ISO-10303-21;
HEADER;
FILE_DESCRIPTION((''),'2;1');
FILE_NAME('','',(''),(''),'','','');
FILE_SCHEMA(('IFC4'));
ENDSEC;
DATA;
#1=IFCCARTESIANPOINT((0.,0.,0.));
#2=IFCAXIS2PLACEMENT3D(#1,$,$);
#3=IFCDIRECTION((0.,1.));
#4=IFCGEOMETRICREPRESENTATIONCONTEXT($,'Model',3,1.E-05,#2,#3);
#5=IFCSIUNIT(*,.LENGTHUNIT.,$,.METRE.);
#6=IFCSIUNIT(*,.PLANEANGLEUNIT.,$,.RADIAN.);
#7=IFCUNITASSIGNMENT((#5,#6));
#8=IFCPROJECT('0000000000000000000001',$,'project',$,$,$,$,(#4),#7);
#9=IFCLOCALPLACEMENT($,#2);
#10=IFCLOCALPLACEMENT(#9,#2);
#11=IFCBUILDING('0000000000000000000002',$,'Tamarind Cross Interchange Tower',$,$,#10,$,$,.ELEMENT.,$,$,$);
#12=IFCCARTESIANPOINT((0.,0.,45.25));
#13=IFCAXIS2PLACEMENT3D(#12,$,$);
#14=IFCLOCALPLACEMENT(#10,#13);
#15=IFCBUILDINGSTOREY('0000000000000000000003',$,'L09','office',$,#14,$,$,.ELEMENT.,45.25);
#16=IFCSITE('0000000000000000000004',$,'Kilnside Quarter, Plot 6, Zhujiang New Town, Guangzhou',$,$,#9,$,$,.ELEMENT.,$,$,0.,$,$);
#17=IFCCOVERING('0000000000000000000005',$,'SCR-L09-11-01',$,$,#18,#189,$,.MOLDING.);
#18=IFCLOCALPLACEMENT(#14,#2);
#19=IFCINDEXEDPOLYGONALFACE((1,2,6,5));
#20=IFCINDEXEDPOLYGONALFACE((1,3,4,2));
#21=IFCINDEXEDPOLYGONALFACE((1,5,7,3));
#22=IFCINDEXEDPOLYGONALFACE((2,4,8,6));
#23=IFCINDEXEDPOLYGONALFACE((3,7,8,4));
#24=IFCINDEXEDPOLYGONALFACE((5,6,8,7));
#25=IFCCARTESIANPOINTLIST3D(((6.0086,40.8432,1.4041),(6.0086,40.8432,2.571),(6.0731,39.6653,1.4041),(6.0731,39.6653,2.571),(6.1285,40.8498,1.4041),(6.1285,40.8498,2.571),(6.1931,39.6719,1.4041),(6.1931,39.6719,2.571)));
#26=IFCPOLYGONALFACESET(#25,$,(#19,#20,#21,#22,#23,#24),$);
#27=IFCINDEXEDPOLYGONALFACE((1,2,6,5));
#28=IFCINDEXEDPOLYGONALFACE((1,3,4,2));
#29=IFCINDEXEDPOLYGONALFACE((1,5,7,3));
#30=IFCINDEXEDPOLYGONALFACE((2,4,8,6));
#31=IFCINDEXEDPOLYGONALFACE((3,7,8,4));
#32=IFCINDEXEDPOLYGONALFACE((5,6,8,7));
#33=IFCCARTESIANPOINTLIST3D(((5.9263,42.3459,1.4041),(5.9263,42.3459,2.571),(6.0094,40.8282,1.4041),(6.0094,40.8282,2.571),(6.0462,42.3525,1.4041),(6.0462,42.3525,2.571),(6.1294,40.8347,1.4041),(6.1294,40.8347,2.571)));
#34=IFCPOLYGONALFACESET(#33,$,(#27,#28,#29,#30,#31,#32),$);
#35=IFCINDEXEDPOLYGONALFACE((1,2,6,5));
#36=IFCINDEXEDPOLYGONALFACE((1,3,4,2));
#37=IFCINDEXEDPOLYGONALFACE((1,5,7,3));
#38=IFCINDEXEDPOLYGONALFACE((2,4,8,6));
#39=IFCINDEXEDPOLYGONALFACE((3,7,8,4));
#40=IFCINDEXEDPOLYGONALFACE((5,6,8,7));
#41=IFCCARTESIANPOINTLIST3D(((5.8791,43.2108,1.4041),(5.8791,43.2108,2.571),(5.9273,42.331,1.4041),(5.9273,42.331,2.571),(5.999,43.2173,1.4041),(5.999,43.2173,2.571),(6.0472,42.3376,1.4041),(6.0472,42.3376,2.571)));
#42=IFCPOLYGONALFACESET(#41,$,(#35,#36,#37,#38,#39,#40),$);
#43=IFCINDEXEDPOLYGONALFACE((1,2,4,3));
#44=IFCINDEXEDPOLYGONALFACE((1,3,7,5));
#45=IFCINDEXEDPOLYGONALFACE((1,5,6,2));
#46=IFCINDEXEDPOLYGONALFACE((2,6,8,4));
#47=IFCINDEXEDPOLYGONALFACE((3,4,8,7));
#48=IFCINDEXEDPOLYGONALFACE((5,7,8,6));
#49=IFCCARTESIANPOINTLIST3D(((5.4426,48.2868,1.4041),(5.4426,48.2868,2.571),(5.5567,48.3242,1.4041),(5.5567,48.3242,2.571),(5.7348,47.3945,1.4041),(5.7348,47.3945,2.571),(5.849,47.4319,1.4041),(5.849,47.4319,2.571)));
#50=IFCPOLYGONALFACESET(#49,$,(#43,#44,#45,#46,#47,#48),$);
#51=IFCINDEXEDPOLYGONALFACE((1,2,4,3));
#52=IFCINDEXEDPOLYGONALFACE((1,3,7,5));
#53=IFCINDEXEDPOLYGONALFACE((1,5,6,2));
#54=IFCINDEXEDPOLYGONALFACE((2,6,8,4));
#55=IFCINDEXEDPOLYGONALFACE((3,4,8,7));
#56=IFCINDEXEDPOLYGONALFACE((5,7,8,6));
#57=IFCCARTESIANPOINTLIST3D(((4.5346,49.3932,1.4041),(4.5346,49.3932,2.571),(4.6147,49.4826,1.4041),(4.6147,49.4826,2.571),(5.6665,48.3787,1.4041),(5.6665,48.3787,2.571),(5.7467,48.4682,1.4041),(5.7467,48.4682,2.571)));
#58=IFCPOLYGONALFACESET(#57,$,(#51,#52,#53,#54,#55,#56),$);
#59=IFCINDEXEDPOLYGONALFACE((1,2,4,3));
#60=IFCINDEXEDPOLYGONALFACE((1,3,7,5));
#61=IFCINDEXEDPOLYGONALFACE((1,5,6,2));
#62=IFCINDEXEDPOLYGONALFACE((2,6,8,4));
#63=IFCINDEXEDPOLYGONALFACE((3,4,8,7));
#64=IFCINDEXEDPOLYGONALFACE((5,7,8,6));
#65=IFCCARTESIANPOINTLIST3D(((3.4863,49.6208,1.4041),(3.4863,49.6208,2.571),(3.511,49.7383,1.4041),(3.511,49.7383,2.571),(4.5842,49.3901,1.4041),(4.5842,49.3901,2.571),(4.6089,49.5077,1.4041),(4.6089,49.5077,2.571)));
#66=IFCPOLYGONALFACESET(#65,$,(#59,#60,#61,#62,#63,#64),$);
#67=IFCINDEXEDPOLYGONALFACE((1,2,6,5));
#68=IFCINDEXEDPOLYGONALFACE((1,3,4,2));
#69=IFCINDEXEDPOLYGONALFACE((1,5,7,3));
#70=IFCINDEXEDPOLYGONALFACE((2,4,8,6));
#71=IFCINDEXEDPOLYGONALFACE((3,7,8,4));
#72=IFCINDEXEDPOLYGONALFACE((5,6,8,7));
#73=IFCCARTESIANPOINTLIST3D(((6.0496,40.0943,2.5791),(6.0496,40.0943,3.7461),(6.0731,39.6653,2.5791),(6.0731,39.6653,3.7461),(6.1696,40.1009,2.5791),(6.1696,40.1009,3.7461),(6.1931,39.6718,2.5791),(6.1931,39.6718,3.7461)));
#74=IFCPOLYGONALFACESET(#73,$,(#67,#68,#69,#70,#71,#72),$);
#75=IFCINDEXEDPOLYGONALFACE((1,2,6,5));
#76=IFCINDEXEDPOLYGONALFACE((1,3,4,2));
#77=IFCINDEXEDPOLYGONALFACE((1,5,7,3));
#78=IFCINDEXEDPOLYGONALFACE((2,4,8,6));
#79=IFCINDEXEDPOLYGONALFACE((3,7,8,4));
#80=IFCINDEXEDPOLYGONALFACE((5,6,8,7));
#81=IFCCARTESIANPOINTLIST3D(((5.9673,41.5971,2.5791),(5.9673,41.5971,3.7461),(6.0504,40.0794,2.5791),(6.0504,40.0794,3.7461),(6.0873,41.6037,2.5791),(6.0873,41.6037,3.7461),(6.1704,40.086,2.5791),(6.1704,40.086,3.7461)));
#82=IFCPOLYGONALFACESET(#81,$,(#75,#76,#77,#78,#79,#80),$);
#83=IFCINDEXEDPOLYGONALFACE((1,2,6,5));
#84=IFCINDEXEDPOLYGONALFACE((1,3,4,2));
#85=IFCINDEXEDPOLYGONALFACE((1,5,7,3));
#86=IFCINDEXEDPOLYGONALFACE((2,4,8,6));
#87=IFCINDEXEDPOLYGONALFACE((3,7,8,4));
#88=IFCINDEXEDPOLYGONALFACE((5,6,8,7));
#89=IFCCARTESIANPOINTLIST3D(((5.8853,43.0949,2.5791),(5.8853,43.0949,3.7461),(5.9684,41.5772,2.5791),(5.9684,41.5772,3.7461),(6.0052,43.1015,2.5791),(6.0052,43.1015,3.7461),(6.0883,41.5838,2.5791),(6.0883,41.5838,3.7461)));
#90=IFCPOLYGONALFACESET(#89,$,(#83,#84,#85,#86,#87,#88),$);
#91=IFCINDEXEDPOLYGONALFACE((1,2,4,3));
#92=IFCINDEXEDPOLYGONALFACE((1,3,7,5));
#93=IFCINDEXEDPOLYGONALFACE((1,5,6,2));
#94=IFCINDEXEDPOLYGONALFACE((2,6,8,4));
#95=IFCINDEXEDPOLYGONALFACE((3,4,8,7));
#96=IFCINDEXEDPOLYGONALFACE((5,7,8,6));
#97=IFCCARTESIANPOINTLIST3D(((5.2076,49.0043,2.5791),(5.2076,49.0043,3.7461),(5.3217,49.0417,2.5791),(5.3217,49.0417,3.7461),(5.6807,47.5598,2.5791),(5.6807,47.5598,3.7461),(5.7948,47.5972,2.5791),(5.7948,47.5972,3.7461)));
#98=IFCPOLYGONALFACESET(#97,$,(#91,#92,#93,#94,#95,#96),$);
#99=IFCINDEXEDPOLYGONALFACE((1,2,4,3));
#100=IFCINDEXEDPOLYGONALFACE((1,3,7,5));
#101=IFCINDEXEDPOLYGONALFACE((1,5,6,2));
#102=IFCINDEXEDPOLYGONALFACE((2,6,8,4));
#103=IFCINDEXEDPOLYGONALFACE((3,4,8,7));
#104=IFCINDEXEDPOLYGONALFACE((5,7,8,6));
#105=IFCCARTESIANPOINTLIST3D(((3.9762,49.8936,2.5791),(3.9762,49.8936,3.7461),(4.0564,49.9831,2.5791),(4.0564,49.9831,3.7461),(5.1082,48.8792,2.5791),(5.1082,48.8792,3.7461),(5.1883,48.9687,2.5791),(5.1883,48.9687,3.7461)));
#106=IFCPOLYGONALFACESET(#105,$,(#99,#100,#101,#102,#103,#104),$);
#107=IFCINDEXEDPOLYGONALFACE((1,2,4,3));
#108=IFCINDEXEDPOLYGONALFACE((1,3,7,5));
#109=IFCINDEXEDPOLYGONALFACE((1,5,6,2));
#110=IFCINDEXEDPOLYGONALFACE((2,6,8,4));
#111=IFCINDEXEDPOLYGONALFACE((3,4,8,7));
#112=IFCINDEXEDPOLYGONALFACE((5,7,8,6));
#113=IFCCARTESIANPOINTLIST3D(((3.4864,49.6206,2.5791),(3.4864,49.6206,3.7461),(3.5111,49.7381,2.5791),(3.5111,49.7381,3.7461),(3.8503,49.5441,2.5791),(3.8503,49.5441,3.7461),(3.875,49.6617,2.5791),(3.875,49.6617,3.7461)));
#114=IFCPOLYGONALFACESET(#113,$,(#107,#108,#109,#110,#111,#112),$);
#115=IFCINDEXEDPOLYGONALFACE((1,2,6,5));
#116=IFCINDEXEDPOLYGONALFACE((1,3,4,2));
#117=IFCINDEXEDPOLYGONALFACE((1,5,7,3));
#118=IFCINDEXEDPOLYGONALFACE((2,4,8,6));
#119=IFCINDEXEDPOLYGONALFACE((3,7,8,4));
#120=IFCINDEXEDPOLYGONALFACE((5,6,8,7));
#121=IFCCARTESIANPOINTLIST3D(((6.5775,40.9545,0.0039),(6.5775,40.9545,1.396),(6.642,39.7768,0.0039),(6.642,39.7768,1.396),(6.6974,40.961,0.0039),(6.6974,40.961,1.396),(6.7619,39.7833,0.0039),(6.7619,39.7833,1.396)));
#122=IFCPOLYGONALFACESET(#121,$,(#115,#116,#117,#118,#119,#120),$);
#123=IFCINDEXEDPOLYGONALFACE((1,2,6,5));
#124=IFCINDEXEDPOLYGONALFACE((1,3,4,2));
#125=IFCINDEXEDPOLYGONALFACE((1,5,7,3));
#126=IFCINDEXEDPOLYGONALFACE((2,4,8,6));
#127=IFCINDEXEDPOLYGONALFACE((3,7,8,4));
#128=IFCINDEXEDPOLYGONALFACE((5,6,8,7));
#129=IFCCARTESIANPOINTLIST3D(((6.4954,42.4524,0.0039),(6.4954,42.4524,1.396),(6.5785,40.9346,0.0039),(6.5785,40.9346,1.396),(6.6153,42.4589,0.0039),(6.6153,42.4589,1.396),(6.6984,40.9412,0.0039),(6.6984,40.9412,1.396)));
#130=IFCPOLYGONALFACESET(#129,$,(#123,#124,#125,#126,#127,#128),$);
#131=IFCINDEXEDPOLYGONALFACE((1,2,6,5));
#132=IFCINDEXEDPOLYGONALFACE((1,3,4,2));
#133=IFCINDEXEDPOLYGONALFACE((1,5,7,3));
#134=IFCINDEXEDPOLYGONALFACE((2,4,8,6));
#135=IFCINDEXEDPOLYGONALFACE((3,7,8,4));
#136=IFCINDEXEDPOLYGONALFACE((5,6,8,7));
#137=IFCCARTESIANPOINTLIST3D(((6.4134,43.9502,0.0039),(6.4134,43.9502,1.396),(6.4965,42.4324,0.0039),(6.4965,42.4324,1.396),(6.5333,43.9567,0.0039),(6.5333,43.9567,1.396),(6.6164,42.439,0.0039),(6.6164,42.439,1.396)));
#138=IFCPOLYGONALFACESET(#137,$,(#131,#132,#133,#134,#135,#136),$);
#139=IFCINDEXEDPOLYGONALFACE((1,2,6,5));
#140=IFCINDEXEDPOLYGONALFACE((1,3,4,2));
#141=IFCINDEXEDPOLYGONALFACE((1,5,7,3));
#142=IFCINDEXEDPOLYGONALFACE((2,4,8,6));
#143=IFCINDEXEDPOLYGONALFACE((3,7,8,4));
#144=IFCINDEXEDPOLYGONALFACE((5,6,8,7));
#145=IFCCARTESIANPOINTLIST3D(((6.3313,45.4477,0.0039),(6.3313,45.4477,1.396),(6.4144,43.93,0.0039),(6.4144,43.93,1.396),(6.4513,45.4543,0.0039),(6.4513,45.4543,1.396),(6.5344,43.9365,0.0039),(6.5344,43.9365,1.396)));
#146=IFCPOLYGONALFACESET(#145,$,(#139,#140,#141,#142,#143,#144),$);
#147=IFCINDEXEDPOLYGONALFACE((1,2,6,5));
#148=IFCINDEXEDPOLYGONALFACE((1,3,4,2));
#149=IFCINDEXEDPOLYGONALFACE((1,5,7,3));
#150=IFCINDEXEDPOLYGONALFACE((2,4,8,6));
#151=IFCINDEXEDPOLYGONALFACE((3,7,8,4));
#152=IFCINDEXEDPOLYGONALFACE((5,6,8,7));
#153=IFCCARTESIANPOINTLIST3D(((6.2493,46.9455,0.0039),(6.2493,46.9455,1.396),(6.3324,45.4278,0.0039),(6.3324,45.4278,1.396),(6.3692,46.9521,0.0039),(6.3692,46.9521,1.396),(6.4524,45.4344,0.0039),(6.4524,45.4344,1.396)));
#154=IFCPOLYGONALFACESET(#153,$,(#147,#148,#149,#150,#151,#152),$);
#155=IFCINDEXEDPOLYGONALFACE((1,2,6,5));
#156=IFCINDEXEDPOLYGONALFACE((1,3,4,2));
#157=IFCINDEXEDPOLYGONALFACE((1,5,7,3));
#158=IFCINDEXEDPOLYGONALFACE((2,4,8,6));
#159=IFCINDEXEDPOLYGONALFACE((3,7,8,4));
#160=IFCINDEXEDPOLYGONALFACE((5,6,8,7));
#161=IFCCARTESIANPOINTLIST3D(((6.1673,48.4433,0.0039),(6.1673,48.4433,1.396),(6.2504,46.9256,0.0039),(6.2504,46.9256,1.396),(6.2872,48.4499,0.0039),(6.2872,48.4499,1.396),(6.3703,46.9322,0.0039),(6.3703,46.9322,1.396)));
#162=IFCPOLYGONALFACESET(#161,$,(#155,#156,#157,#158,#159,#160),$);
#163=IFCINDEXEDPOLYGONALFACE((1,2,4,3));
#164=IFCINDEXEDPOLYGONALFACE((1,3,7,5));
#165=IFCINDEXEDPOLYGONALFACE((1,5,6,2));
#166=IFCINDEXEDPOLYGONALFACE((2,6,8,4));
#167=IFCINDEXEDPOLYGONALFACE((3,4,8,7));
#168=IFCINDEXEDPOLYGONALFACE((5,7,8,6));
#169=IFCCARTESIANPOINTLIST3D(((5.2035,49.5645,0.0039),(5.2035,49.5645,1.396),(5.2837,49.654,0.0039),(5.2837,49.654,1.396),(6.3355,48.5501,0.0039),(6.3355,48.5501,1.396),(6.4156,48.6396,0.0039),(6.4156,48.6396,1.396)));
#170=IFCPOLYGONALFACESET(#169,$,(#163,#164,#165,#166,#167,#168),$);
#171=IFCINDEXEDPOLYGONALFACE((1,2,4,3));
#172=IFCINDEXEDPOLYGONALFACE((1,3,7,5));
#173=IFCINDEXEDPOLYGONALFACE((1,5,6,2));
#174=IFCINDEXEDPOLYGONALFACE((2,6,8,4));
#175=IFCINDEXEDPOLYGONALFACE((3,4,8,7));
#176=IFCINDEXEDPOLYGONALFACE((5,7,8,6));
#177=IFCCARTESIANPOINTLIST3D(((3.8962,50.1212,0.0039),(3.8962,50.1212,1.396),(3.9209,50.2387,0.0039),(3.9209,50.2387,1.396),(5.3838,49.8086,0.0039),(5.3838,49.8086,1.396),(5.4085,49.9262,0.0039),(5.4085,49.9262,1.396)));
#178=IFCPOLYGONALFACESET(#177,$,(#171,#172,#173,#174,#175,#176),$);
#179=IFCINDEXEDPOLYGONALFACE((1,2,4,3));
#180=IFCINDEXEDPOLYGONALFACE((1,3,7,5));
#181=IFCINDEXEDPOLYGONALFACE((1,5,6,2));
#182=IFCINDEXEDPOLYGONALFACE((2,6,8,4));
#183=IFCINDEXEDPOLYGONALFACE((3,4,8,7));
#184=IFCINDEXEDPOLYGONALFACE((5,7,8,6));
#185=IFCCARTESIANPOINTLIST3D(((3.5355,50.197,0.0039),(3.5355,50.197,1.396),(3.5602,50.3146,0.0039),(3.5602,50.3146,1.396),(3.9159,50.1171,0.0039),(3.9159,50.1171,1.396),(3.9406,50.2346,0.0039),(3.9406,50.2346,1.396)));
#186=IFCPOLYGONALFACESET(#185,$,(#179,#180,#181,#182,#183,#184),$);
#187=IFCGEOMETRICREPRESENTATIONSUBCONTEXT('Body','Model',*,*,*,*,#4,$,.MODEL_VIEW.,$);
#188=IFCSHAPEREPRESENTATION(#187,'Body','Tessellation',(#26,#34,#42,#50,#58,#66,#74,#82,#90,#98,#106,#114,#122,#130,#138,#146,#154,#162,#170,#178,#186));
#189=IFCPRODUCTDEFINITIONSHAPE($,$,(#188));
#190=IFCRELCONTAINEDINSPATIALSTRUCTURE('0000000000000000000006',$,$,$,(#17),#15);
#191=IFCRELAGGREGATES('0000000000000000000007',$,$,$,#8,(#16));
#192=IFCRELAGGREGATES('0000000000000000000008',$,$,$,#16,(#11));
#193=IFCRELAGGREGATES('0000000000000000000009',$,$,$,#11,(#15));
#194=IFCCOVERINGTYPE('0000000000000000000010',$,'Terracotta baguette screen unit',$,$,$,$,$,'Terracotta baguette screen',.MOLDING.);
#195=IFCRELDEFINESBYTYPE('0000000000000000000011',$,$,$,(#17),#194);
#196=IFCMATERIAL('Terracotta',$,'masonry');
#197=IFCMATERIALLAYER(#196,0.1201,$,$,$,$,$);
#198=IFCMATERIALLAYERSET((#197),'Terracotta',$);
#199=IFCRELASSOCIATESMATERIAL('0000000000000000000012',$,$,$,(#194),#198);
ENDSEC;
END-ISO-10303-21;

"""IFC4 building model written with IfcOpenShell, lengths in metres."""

from ifc_helpers import new_model, si_unit, direction, frame, origin, origin_2d, place, context, subcontext, project, spatial, rectangle, extrude, material, layer, layer_set, type_object, element, save


model = new_model("IFC4")

# Units and contexts
model_context = context("Model", 3, precision=1e-05, world=origin(), true_north=direction((0.0, 1.0)))
body_context = subcontext(model_context, "Body", "Model", "MODEL_VIEW")
ifc_project = project(units=[si_unit("LENGTHUNIT", "METRE"), si_unit("PLANEANGLEUNIT", "RADIAN")], contexts=[model_context])

# Site, building, storey
site_placement = place(None, origin())
site = spatial("IfcSite", under=ifc_project, at=site_placement, Name="Kilnside Quarter, Plot 6, Zhujiang New Town, Guangzhou", CompositionType="ELEMENT", RefElevation=0.0)
building_placement = place(site_placement, origin())
building = spatial("IfcBuilding", under=site, at=building_placement, Name="Tamarind Cross Interchange Tower", CompositionType="ELEMENT")
storey_placement = place(building_placement, frame((0.0, 0.0, 45.25)))
storey = spatial("IfcBuildingStorey", under=building, at=storey_placement, Name="L09", Description="office", CompositionType="ELEMENT", Elevation=45.25)

# Covering
ifc_material_1 = material(Name="Terracotta", Category="masonry")
ifc_layer_1 = layer(ifc_material_1, 0.1201)
ifc_layer_set_1 = layer_set([ifc_layer_1], Name="Terracotta")
covering_type = type_object("IfcCoveringType", Name="Terracotta baguette screen unit", ElementType="Terracotta baguette screen", PredefinedType="MOLDING", material=ifc_layer_set_1)
covering_1_placement = place(storey_placement, origin())
element("IfcCovering", 1, at=covering_1_placement, inside=storey, type_object=covering_type, Name="SCR-L09-11-01", PredefinedType="MOLDING", context=body_context, shape_type="SweptSolid", body=[
    extrude(rectangle(XDim=1.1797, YDim=0.1201, at=origin_2d()), frame((6.1008, 40.2576, 1.4041), z_axis=(0.0, 0.0, 1.0), x_axis=(-0.054678, 0.998504, 0.0)), (0.0, 0.0, 1.0), 1.167),
    extrude(rectangle(XDim=1.52, YDim=0.1201, at=origin_2d()), frame((6.0278, 41.5903, 1.4041), z_axis=(0.0, 0.0, 1.0), x_axis=(-0.054678, 0.998504, 0.0)), (0.0, 0.0, 1.0), 1.167),
    extrude(rectangle(XDim=0.8811, YDim=0.1201, at=origin_2d()), frame((5.9631, 42.7742, 1.4041), z_axis=(0.0, 0.0, 1.0), x_axis=(-0.054678, 0.998504, 0.0)), (0.0, 0.0, 1.0), 1.167),
    extrude(rectangle(XDim=0.939, YDim=0.1201, at=origin_2d()), frame((5.6458, 47.8594, 1.4041), z_axis=(0.0, 0.0, 1.0), x_axis=(-0.311247, 0.950329, 0.0)), (0.0, 0.0, 1.0), 1.167),
    extrude(rectangle(XDim=1.52, YDim=0.1201, at=origin_2d()), frame((5.1406, 48.9307, 1.4041), z_axis=(0.0, 0.0, 1.0), x_axis=(-0.744712, 0.667386, 0.0)), (0.0, 0.0, 1.0), 1.167),
    extrude(rectangle(XDim=1.1218, YDim=0.1201, at=origin_2d()), frame((4.0476, 49.5642, 1.4041), z_axis=(0.0, 0.0, 1.0), x_axis=(-0.978633, 0.205617, 0.0)), (0.0, 0.0, 1.0), 1.167),
    extrude(rectangle(XDim=0.4297, YDim=0.1201, at=origin_2d()), frame((6.1213, 39.8831, 2.5791), z_axis=(0.0, 0.0, 1.0), x_axis=(-0.054678, 0.998504, 0.0)), (0.0, 0.0, 1.0), 1.167),
    extrude(rectangle(XDim=1.52, YDim=0.1201, at=origin_2d()), frame((6.0688, 40.8416, 2.5791), z_axis=(0.0, 0.0, 1.0), x_axis=(-0.054678, 0.998504, 0.0)), (0.0, 0.0, 1.0), 1.167),
    extrude(rectangle(XDim=1.52, YDim=0.1201, at=origin_2d()), frame((5.9868, 42.3394, 2.5791), z_axis=(0.0, 0.0, 1.0), x_axis=(-0.054678, 0.998504, 0.0)), (0.0, 0.0, 1.0), 1.167),
    extrude(rectangle(XDim=1.52, YDim=0.1201, at=origin_2d()), frame((5.5012, 48.3008, 2.5791), z_axis=(0.0, 0.0, 1.0), x_axis=(-0.311247, 0.950329, 0.0)), (0.0, 0.0, 1.0), 1.167),
    extrude(rectangle(XDim=1.52, YDim=0.1201, at=origin_2d()), frame((4.5823, 49.4312, 2.5791), z_axis=(0.0, 0.0, 1.0), x_axis=(-0.744712, 0.667386, 0.0)), (0.0, 0.0, 1.0), 1.167),
    extrude(rectangle(XDim=0.3718, YDim=0.1201, at=origin_2d()), frame((3.6807, 49.6411, 2.5791), z_axis=(0.0, 0.0, 1.0), x_axis=(-0.978633, 0.205617, 0.0)), (0.0, 0.0, 1.0), 1.167),
    extrude(rectangle(XDim=1.1794, YDim=0.1201, at=origin_2d()), frame((6.6697, 40.3689, 0.0039), z_axis=(0.0, 0.0, 1.0), x_axis=(-0.054678, 0.998504, 0.0)), (0.0, 0.0, 1.0), 1.3921),
    extrude(rectangle(XDim=1.52, YDim=0.1201, at=origin_2d()), frame((6.5969, 41.6968, 0.0039), z_axis=(0.0, 0.0, 1.0), x_axis=(-0.054678, 0.998504, 0.0)), (0.0, 0.0, 1.0), 1.3921),
    extrude(rectangle(XDim=1.52, YDim=0.1201, at=origin_2d()), frame((6.5149, 43.1946, 0.0039), z_axis=(0.0, 0.0, 1.0), x_axis=(-0.054678, 0.998504, 0.0)), (0.0, 0.0, 1.0), 1.3921),
    extrude(rectangle(XDim=1.52, YDim=0.1201, at=origin_2d()), frame((6.4329, 44.6921, 0.0039), z_axis=(0.0, 0.0, 1.0), x_axis=(-0.054678, 0.998504, 0.0)), (0.0, 0.0, 1.0), 1.3921),
    extrude(rectangle(XDim=1.52, YDim=0.1201, at=origin_2d()), frame((6.3508, 46.1899, 0.0039), z_axis=(0.0, 0.0, 1.0), x_axis=(-0.054678, 0.998504, 0.0)), (0.0, 0.0, 1.0), 1.3921),
    extrude(rectangle(XDim=1.52, YDim=0.1201, at=origin_2d()), frame((6.2688, 47.6877, 0.0039), z_axis=(0.0, 0.0, 1.0), x_axis=(-0.054678, 0.998504, 0.0)), (0.0, 0.0, 1.0), 1.3921),
    extrude(rectangle(XDim=1.52, YDim=0.1201, at=origin_2d()), frame((5.8096, 49.1021, 0.0039), z_axis=(0.0, 0.0, 1.0), x_axis=(-0.744712, 0.667386, 0.0)), (0.0, 0.0, 1.0), 1.3921),
    extrude(rectangle(XDim=1.52, YDim=0.1201, at=origin_2d()), frame((4.6523, 50.0237, 0.0039), z_axis=(0.0, 0.0, 1.0), x_axis=(-0.978633, 0.205617, 0.0)), (0.0, 0.0, 1.0), 1.3921),
    extrude(rectangle(XDim=0.3887, YDim=0.1201, at=origin_2d()), frame((3.738, 50.2158, 0.0039), z_axis=(0.0, 0.0, 1.0), x_axis=(-0.978633, 0.205617, 0.0)), (0.0, 0.0, 1.0), 1.3921),
])

save(model, "model.ifc")
